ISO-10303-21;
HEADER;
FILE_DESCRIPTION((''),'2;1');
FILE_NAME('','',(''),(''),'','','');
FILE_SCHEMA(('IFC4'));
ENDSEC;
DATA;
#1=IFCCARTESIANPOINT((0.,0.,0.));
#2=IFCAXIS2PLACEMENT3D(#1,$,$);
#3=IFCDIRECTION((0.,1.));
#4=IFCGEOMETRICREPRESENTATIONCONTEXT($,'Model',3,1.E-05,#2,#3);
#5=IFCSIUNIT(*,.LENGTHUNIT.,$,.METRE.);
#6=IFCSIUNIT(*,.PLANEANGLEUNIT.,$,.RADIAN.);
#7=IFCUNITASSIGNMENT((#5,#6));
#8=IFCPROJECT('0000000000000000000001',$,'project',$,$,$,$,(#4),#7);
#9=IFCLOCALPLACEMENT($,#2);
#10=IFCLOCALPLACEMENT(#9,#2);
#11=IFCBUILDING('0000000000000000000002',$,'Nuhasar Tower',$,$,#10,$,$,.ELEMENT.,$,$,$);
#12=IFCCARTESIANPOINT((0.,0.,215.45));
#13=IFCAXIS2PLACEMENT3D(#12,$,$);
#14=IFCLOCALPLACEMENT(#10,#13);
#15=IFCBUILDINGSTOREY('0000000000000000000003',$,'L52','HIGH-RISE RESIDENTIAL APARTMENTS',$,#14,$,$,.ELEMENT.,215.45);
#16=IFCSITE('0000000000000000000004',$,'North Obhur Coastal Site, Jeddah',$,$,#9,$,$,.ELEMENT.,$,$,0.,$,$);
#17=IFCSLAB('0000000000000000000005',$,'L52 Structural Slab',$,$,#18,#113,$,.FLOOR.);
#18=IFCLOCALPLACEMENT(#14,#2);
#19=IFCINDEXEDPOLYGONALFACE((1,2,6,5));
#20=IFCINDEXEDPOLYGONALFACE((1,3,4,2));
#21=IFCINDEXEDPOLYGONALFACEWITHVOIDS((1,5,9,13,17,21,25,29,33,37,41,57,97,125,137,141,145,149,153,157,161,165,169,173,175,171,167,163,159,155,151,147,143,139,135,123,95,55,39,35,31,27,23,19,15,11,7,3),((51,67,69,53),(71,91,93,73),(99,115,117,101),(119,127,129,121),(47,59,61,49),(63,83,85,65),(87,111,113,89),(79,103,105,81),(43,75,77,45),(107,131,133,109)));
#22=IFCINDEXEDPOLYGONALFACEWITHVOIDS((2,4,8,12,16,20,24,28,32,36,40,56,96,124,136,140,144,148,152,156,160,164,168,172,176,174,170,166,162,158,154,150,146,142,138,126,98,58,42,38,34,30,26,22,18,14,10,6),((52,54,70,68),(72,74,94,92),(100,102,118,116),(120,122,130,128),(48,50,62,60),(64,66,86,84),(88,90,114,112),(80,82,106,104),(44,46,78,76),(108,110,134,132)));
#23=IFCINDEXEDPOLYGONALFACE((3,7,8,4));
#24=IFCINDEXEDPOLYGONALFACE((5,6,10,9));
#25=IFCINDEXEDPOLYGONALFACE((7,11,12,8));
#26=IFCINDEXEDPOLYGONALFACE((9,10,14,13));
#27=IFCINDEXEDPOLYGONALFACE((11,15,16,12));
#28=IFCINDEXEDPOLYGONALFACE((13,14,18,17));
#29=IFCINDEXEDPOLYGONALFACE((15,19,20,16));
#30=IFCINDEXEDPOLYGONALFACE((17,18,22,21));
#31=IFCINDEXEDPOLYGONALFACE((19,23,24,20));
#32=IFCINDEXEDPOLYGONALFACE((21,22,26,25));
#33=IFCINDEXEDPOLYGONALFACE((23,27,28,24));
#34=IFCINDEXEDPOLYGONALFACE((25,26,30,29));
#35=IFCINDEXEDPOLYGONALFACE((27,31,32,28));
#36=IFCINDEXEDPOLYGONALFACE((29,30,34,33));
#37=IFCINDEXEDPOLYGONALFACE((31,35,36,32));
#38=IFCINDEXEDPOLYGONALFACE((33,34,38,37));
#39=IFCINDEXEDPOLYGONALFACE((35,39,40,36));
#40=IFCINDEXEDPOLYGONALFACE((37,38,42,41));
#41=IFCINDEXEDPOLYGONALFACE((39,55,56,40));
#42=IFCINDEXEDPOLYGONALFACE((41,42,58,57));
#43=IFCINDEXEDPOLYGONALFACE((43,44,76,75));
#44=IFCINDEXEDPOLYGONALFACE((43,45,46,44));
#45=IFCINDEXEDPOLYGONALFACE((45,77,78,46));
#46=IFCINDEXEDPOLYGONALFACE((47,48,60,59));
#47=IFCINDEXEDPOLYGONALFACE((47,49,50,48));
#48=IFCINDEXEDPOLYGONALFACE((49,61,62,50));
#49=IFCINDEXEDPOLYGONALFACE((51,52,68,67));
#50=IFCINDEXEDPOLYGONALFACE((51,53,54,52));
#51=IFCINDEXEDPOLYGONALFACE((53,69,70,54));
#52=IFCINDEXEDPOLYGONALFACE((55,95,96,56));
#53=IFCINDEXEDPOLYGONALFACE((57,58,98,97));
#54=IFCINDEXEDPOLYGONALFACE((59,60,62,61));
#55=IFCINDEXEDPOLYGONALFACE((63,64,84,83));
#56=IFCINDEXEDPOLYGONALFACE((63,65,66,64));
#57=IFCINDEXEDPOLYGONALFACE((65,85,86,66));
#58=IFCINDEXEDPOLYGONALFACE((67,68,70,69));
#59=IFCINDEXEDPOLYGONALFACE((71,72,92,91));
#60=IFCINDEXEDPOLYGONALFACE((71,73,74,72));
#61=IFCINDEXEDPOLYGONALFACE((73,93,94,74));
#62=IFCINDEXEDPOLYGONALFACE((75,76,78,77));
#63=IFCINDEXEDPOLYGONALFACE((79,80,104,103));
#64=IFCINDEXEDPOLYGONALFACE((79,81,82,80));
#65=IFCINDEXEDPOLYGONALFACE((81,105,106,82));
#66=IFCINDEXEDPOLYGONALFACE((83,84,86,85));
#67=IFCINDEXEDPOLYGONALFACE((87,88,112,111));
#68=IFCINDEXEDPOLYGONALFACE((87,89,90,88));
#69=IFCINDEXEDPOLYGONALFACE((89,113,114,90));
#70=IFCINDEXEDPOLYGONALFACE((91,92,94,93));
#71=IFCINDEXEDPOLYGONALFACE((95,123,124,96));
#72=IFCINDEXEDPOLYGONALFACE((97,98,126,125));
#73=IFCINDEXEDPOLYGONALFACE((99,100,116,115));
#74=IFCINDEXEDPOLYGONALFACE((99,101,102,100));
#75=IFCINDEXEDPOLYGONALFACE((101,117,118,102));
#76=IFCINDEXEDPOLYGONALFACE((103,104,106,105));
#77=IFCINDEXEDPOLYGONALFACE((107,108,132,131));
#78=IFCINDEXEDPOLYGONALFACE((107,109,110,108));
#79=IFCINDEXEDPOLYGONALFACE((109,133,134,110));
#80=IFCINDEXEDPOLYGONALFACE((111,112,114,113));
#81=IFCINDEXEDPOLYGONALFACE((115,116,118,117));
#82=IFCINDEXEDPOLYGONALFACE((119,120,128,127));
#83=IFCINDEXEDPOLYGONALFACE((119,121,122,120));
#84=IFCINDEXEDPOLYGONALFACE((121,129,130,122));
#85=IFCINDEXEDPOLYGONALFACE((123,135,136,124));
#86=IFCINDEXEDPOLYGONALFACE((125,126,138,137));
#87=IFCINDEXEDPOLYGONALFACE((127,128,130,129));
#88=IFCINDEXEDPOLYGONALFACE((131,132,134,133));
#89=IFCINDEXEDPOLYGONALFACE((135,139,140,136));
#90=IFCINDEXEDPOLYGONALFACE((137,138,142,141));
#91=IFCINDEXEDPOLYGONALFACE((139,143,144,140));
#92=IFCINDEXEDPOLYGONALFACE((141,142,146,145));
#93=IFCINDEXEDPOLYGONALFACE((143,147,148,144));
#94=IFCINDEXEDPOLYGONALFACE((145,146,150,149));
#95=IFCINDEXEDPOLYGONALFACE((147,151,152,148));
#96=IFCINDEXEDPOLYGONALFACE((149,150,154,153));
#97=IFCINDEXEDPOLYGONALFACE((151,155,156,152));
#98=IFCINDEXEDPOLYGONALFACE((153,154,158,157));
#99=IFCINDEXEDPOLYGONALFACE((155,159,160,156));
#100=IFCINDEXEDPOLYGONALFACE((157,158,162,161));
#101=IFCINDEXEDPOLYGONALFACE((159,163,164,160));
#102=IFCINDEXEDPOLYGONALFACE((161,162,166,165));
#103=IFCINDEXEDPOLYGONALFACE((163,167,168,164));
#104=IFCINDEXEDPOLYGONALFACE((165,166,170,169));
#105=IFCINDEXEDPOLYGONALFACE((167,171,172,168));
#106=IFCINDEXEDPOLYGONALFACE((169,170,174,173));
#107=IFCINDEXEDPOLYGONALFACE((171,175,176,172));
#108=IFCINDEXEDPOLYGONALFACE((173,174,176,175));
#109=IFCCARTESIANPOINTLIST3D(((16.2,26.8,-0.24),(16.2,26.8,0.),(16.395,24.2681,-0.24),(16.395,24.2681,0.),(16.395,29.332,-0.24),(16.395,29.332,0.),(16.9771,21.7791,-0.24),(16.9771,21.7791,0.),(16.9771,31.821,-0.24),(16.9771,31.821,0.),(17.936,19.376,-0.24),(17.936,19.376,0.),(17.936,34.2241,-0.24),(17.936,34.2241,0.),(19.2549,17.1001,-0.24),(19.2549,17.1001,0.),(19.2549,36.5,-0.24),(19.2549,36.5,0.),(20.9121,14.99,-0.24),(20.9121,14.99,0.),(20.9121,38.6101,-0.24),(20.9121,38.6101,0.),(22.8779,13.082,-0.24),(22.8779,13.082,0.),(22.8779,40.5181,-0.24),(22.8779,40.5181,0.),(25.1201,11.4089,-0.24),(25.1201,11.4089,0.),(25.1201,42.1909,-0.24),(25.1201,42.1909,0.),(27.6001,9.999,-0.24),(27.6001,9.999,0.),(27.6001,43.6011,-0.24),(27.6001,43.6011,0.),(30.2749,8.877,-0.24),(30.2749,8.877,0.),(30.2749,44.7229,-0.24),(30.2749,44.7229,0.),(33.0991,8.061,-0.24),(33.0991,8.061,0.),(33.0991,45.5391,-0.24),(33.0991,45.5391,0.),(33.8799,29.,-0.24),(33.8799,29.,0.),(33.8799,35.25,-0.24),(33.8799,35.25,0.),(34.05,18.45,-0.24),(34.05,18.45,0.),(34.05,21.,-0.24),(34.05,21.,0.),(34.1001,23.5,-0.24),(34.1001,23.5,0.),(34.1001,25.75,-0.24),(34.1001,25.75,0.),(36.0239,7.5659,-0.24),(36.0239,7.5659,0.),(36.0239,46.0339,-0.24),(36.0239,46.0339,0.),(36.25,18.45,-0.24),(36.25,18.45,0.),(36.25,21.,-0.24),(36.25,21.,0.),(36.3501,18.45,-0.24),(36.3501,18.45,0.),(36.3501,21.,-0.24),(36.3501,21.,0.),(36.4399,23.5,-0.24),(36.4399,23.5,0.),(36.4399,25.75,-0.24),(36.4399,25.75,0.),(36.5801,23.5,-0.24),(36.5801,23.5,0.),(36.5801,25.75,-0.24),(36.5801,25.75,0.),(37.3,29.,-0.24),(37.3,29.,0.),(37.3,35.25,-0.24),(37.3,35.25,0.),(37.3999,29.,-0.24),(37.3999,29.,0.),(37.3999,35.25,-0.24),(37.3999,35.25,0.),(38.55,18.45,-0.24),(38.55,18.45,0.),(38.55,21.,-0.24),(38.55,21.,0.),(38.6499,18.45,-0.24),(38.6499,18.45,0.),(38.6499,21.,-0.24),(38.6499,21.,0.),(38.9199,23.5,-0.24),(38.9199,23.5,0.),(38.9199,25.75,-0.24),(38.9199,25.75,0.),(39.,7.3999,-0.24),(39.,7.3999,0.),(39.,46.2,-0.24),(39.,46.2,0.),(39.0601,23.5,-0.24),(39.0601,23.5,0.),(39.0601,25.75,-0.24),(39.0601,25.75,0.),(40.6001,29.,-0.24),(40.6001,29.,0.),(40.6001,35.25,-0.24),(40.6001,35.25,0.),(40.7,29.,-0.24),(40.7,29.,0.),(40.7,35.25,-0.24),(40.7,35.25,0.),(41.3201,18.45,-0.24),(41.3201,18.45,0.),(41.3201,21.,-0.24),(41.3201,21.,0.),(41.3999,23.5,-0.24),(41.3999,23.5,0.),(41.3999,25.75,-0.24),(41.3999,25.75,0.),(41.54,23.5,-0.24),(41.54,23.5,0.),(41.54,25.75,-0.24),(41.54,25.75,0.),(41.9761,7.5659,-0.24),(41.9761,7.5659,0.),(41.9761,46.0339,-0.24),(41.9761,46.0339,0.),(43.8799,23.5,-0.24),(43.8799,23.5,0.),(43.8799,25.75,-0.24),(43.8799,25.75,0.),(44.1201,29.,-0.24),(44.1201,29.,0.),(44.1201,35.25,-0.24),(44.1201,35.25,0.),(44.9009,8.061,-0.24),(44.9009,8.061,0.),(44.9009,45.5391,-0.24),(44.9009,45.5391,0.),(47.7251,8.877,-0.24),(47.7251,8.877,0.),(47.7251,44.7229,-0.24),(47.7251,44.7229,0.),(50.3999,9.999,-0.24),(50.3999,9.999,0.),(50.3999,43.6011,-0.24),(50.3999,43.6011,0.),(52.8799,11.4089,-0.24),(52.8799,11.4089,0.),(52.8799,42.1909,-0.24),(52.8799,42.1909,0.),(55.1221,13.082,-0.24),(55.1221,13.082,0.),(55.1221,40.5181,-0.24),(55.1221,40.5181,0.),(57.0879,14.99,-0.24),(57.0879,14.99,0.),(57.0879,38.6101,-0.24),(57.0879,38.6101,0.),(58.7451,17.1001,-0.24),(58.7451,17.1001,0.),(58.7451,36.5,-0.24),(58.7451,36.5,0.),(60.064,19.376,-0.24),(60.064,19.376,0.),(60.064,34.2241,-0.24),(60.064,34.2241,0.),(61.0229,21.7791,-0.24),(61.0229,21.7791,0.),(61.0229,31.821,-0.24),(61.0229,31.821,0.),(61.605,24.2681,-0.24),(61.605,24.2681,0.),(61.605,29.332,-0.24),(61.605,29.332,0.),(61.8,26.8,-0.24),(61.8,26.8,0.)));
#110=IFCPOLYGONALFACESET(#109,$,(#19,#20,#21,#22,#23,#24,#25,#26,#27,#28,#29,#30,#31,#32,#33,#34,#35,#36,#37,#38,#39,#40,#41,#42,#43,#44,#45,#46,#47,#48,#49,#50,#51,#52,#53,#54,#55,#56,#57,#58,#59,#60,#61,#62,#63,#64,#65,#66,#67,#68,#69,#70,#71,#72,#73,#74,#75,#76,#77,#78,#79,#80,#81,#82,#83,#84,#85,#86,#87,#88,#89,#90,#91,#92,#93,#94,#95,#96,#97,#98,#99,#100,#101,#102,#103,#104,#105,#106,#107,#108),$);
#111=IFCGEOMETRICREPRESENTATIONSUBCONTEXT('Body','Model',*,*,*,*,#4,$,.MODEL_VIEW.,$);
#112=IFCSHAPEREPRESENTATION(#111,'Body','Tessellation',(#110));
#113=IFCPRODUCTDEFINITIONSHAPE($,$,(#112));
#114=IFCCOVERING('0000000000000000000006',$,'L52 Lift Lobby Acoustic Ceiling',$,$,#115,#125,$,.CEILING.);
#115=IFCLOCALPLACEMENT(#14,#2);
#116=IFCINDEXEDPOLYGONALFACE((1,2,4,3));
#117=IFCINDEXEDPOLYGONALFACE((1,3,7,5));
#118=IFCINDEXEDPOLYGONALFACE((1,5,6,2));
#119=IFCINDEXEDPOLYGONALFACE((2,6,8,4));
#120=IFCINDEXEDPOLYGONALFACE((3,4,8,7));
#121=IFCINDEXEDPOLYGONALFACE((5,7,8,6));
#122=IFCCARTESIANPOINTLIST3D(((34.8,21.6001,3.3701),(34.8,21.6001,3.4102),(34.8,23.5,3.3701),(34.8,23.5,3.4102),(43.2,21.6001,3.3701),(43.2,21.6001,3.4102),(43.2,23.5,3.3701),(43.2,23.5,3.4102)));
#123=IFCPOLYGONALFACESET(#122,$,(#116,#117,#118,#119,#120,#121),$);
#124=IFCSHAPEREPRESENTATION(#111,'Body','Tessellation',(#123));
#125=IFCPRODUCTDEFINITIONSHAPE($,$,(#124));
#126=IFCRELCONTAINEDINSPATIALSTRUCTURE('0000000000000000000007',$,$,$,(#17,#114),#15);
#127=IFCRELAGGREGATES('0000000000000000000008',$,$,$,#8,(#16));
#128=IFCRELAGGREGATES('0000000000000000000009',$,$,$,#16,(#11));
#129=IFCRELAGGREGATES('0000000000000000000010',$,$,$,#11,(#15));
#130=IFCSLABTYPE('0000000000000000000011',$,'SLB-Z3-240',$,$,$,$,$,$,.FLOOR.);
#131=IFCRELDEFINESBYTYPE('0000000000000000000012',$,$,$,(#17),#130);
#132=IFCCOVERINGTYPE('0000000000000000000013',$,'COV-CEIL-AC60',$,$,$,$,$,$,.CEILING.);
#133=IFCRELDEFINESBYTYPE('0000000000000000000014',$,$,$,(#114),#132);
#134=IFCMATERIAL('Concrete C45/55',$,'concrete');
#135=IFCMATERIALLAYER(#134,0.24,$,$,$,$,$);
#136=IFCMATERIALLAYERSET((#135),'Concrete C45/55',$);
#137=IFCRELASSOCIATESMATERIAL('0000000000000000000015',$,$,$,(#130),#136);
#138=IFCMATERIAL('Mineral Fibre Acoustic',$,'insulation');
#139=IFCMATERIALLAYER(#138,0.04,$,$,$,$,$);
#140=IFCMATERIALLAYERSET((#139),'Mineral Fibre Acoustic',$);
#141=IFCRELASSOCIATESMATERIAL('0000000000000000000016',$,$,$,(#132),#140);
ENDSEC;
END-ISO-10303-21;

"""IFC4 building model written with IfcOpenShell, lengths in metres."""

from ifc_helpers import new_model, si_unit, direction, frame, origin, place, context, subcontext, project, spatial, polyline, outline, extrude, material, layer, layer_set, type_object, element, save


model = new_model("IFC4")

# Units and contexts
model_context = context("Model", 3, precision=1e-05, world=origin(), true_north=direction((0.0, 1.0)))
body_context = subcontext(model_context, "Body", "Model", "MODEL_VIEW")
ifc_project = project(units=[si_unit("LENGTHUNIT", "METRE"), si_unit("PLANEANGLEUNIT", "RADIAN")], contexts=[model_context])

# Site, building, storey
site_placement = place(None, origin())
site = spatial("IfcSite", under=ifc_project, at=site_placement, Name="North Obhur Coastal Site, Jeddah", CompositionType="ELEMENT", RefElevation=0.0)
building_placement = place(site_placement, origin())
building = spatial("IfcBuilding", under=site, at=building_placement, Name="Nuhasar Tower", CompositionType="ELEMENT")
storey_placement = place(building_placement, frame((0.0, 0.0, 215.45)))
storey = spatial("IfcBuildingStorey", under=building, at=storey_placement, Name="L52", Description="HIGH-RISE RESIDENTIAL APARTMENTS", CompositionType="ELEMENT", Elevation=215.45)

# Shared definitions
ifc_material_1 = material(Name="Concrete C45/55", Category="concrete")

# Slab
ifc_layer_1 = layer(ifc_material_1, 0.24)
ifc_layer_set_1 = layer_set([ifc_layer_1], Name="Concrete C45/55")
slab_type_1 = type_object("IfcSlabType", Name="SLB-Z3-240", PredefinedType="FLOOR", material=ifc_layer_set_1)
slab_1_placement = place(storey_placement, frame((0.0, 0.0, -0.24)))
element("IfcSlab", 1, at=slab_1_placement, inside=storey, type_object=slab_type_1, Name="L52 Structural Slab", PredefinedType="FLOOR", context=body_context, shape_type="SweptSolid", body=[
    extrude(outline(polyline([(61.8, 26.8), (61.605, 29.332), (61.0229, 31.821), (60.064, 34.2241), (58.7451, 36.5), (57.0879, 38.6101), (55.1221, 40.5181), (52.8799, 42.1909), (50.3999, 43.6011), (47.7251, 44.7229), (44.9009, 45.5391), (41.9761, 46.0339), (39.0, 46.2), (36.0239, 46.0339), (33.0991, 45.5391), (30.2749, 44.7229), (27.6001, 43.6011), (25.1201, 42.1909), (22.8779, 40.5181), (20.9121, 38.6101), (19.2549, 36.5), (17.936, 34.2241), (16.9771, 31.821), (16.395, 29.332), (16.2, 26.8), (16.395, 24.2681), (16.9771, 21.7791), (17.936, 19.376), (19.2549, 17.1001), (20.9121, 14.99), (22.8779, 13.082), (25.1201, 11.4089), (27.6001, 9.999), (30.2749, 8.877), (33.0991, 8.061), (36.0239, 7.5659), (39.0, 7.3999), (41.9761, 7.5659), (44.9009, 8.061), (47.7251, 8.877), (50.3999, 9.999), (52.8799, 11.4089), (55.1221, 13.082), (57.0879, 14.99), (58.7451, 17.1001), (60.064, 19.376), (61.0229, 21.7791), (61.605, 24.2681), (61.8, 26.8)]), holes=[polyline([(33.8799, 35.25), (37.3, 35.25), (37.3, 29.0), (33.8799, 29.0), (33.8799, 35.25)]), polyline([(37.3999, 35.25), (40.6001, 35.25), (40.6001, 29.0), (37.3999, 29.0), (37.3999, 35.25)]), polyline([(40.7, 35.25), (44.1201, 35.25), (44.1201, 29.0), (40.7, 29.0), (40.7, 35.25)]), polyline([(34.1001, 25.75), (36.4399, 25.75), (36.4399, 23.5), (34.1001, 23.5), (34.1001, 25.75)]), polyline([(36.5801, 25.75), (38.9199, 25.75), (38.9199, 23.5), (36.5801, 23.5), (36.5801, 25.75)]), polyline([(39.0601, 25.75), (41.3999, 25.75), (41.3999, 23.5), (39.0601, 23.5), (39.0601, 25.75)]), polyline([(41.54, 25.75), (43.8799, 25.75), (43.8799, 23.5), (41.54, 23.5), (41.54, 25.75)]), polyline([(34.05, 21.0), (36.25, 21.0), (36.25, 18.45), (34.05, 18.45), (34.05, 21.0)]), polyline([(36.3501, 21.0), (38.55, 21.0), (38.55, 18.45), (36.3501, 18.45), (36.3501, 21.0)]), polyline([(38.6499, 21.0), (41.3201, 21.0), (41.3201, 18.45), (38.6499, 18.45), (38.6499, 21.0)])]), origin(), (0.0, 0.0, 1.0), 0.24),
])

# Covering
ifc_material_2 = material(Name="Mineral Fibre Acoustic", Category="insulation")
ifc_layer_2 = layer(ifc_material_2, 0.04)
ifc_layer_set_2 = layer_set([ifc_layer_2], Name="Mineral Fibre Acoustic")
covering_type = type_object("IfcCoveringType", Name="COV-CEIL-AC60", PredefinedType="CEILING", material=ifc_layer_set_2)
covering_placement = place(storey_placement, frame((0.0, 0.0, 3.3701)))
element("IfcCovering", 2, at=covering_placement, inside=storey, type_object=covering_type, Name="L52 Lift Lobby Acoustic Ceiling", PredefinedType="CEILING", context=body_context, shape_type="SweptSolid", body=[
    extrude(outline(polyline([(34.8, 21.6001), (43.2, 21.6001), (43.2, 23.5), (34.8, 23.5), (34.8, 21.6001)])), origin(), (0.0, 0.0, 1.0), 0.04),
])

save(model, "model.ifc")
